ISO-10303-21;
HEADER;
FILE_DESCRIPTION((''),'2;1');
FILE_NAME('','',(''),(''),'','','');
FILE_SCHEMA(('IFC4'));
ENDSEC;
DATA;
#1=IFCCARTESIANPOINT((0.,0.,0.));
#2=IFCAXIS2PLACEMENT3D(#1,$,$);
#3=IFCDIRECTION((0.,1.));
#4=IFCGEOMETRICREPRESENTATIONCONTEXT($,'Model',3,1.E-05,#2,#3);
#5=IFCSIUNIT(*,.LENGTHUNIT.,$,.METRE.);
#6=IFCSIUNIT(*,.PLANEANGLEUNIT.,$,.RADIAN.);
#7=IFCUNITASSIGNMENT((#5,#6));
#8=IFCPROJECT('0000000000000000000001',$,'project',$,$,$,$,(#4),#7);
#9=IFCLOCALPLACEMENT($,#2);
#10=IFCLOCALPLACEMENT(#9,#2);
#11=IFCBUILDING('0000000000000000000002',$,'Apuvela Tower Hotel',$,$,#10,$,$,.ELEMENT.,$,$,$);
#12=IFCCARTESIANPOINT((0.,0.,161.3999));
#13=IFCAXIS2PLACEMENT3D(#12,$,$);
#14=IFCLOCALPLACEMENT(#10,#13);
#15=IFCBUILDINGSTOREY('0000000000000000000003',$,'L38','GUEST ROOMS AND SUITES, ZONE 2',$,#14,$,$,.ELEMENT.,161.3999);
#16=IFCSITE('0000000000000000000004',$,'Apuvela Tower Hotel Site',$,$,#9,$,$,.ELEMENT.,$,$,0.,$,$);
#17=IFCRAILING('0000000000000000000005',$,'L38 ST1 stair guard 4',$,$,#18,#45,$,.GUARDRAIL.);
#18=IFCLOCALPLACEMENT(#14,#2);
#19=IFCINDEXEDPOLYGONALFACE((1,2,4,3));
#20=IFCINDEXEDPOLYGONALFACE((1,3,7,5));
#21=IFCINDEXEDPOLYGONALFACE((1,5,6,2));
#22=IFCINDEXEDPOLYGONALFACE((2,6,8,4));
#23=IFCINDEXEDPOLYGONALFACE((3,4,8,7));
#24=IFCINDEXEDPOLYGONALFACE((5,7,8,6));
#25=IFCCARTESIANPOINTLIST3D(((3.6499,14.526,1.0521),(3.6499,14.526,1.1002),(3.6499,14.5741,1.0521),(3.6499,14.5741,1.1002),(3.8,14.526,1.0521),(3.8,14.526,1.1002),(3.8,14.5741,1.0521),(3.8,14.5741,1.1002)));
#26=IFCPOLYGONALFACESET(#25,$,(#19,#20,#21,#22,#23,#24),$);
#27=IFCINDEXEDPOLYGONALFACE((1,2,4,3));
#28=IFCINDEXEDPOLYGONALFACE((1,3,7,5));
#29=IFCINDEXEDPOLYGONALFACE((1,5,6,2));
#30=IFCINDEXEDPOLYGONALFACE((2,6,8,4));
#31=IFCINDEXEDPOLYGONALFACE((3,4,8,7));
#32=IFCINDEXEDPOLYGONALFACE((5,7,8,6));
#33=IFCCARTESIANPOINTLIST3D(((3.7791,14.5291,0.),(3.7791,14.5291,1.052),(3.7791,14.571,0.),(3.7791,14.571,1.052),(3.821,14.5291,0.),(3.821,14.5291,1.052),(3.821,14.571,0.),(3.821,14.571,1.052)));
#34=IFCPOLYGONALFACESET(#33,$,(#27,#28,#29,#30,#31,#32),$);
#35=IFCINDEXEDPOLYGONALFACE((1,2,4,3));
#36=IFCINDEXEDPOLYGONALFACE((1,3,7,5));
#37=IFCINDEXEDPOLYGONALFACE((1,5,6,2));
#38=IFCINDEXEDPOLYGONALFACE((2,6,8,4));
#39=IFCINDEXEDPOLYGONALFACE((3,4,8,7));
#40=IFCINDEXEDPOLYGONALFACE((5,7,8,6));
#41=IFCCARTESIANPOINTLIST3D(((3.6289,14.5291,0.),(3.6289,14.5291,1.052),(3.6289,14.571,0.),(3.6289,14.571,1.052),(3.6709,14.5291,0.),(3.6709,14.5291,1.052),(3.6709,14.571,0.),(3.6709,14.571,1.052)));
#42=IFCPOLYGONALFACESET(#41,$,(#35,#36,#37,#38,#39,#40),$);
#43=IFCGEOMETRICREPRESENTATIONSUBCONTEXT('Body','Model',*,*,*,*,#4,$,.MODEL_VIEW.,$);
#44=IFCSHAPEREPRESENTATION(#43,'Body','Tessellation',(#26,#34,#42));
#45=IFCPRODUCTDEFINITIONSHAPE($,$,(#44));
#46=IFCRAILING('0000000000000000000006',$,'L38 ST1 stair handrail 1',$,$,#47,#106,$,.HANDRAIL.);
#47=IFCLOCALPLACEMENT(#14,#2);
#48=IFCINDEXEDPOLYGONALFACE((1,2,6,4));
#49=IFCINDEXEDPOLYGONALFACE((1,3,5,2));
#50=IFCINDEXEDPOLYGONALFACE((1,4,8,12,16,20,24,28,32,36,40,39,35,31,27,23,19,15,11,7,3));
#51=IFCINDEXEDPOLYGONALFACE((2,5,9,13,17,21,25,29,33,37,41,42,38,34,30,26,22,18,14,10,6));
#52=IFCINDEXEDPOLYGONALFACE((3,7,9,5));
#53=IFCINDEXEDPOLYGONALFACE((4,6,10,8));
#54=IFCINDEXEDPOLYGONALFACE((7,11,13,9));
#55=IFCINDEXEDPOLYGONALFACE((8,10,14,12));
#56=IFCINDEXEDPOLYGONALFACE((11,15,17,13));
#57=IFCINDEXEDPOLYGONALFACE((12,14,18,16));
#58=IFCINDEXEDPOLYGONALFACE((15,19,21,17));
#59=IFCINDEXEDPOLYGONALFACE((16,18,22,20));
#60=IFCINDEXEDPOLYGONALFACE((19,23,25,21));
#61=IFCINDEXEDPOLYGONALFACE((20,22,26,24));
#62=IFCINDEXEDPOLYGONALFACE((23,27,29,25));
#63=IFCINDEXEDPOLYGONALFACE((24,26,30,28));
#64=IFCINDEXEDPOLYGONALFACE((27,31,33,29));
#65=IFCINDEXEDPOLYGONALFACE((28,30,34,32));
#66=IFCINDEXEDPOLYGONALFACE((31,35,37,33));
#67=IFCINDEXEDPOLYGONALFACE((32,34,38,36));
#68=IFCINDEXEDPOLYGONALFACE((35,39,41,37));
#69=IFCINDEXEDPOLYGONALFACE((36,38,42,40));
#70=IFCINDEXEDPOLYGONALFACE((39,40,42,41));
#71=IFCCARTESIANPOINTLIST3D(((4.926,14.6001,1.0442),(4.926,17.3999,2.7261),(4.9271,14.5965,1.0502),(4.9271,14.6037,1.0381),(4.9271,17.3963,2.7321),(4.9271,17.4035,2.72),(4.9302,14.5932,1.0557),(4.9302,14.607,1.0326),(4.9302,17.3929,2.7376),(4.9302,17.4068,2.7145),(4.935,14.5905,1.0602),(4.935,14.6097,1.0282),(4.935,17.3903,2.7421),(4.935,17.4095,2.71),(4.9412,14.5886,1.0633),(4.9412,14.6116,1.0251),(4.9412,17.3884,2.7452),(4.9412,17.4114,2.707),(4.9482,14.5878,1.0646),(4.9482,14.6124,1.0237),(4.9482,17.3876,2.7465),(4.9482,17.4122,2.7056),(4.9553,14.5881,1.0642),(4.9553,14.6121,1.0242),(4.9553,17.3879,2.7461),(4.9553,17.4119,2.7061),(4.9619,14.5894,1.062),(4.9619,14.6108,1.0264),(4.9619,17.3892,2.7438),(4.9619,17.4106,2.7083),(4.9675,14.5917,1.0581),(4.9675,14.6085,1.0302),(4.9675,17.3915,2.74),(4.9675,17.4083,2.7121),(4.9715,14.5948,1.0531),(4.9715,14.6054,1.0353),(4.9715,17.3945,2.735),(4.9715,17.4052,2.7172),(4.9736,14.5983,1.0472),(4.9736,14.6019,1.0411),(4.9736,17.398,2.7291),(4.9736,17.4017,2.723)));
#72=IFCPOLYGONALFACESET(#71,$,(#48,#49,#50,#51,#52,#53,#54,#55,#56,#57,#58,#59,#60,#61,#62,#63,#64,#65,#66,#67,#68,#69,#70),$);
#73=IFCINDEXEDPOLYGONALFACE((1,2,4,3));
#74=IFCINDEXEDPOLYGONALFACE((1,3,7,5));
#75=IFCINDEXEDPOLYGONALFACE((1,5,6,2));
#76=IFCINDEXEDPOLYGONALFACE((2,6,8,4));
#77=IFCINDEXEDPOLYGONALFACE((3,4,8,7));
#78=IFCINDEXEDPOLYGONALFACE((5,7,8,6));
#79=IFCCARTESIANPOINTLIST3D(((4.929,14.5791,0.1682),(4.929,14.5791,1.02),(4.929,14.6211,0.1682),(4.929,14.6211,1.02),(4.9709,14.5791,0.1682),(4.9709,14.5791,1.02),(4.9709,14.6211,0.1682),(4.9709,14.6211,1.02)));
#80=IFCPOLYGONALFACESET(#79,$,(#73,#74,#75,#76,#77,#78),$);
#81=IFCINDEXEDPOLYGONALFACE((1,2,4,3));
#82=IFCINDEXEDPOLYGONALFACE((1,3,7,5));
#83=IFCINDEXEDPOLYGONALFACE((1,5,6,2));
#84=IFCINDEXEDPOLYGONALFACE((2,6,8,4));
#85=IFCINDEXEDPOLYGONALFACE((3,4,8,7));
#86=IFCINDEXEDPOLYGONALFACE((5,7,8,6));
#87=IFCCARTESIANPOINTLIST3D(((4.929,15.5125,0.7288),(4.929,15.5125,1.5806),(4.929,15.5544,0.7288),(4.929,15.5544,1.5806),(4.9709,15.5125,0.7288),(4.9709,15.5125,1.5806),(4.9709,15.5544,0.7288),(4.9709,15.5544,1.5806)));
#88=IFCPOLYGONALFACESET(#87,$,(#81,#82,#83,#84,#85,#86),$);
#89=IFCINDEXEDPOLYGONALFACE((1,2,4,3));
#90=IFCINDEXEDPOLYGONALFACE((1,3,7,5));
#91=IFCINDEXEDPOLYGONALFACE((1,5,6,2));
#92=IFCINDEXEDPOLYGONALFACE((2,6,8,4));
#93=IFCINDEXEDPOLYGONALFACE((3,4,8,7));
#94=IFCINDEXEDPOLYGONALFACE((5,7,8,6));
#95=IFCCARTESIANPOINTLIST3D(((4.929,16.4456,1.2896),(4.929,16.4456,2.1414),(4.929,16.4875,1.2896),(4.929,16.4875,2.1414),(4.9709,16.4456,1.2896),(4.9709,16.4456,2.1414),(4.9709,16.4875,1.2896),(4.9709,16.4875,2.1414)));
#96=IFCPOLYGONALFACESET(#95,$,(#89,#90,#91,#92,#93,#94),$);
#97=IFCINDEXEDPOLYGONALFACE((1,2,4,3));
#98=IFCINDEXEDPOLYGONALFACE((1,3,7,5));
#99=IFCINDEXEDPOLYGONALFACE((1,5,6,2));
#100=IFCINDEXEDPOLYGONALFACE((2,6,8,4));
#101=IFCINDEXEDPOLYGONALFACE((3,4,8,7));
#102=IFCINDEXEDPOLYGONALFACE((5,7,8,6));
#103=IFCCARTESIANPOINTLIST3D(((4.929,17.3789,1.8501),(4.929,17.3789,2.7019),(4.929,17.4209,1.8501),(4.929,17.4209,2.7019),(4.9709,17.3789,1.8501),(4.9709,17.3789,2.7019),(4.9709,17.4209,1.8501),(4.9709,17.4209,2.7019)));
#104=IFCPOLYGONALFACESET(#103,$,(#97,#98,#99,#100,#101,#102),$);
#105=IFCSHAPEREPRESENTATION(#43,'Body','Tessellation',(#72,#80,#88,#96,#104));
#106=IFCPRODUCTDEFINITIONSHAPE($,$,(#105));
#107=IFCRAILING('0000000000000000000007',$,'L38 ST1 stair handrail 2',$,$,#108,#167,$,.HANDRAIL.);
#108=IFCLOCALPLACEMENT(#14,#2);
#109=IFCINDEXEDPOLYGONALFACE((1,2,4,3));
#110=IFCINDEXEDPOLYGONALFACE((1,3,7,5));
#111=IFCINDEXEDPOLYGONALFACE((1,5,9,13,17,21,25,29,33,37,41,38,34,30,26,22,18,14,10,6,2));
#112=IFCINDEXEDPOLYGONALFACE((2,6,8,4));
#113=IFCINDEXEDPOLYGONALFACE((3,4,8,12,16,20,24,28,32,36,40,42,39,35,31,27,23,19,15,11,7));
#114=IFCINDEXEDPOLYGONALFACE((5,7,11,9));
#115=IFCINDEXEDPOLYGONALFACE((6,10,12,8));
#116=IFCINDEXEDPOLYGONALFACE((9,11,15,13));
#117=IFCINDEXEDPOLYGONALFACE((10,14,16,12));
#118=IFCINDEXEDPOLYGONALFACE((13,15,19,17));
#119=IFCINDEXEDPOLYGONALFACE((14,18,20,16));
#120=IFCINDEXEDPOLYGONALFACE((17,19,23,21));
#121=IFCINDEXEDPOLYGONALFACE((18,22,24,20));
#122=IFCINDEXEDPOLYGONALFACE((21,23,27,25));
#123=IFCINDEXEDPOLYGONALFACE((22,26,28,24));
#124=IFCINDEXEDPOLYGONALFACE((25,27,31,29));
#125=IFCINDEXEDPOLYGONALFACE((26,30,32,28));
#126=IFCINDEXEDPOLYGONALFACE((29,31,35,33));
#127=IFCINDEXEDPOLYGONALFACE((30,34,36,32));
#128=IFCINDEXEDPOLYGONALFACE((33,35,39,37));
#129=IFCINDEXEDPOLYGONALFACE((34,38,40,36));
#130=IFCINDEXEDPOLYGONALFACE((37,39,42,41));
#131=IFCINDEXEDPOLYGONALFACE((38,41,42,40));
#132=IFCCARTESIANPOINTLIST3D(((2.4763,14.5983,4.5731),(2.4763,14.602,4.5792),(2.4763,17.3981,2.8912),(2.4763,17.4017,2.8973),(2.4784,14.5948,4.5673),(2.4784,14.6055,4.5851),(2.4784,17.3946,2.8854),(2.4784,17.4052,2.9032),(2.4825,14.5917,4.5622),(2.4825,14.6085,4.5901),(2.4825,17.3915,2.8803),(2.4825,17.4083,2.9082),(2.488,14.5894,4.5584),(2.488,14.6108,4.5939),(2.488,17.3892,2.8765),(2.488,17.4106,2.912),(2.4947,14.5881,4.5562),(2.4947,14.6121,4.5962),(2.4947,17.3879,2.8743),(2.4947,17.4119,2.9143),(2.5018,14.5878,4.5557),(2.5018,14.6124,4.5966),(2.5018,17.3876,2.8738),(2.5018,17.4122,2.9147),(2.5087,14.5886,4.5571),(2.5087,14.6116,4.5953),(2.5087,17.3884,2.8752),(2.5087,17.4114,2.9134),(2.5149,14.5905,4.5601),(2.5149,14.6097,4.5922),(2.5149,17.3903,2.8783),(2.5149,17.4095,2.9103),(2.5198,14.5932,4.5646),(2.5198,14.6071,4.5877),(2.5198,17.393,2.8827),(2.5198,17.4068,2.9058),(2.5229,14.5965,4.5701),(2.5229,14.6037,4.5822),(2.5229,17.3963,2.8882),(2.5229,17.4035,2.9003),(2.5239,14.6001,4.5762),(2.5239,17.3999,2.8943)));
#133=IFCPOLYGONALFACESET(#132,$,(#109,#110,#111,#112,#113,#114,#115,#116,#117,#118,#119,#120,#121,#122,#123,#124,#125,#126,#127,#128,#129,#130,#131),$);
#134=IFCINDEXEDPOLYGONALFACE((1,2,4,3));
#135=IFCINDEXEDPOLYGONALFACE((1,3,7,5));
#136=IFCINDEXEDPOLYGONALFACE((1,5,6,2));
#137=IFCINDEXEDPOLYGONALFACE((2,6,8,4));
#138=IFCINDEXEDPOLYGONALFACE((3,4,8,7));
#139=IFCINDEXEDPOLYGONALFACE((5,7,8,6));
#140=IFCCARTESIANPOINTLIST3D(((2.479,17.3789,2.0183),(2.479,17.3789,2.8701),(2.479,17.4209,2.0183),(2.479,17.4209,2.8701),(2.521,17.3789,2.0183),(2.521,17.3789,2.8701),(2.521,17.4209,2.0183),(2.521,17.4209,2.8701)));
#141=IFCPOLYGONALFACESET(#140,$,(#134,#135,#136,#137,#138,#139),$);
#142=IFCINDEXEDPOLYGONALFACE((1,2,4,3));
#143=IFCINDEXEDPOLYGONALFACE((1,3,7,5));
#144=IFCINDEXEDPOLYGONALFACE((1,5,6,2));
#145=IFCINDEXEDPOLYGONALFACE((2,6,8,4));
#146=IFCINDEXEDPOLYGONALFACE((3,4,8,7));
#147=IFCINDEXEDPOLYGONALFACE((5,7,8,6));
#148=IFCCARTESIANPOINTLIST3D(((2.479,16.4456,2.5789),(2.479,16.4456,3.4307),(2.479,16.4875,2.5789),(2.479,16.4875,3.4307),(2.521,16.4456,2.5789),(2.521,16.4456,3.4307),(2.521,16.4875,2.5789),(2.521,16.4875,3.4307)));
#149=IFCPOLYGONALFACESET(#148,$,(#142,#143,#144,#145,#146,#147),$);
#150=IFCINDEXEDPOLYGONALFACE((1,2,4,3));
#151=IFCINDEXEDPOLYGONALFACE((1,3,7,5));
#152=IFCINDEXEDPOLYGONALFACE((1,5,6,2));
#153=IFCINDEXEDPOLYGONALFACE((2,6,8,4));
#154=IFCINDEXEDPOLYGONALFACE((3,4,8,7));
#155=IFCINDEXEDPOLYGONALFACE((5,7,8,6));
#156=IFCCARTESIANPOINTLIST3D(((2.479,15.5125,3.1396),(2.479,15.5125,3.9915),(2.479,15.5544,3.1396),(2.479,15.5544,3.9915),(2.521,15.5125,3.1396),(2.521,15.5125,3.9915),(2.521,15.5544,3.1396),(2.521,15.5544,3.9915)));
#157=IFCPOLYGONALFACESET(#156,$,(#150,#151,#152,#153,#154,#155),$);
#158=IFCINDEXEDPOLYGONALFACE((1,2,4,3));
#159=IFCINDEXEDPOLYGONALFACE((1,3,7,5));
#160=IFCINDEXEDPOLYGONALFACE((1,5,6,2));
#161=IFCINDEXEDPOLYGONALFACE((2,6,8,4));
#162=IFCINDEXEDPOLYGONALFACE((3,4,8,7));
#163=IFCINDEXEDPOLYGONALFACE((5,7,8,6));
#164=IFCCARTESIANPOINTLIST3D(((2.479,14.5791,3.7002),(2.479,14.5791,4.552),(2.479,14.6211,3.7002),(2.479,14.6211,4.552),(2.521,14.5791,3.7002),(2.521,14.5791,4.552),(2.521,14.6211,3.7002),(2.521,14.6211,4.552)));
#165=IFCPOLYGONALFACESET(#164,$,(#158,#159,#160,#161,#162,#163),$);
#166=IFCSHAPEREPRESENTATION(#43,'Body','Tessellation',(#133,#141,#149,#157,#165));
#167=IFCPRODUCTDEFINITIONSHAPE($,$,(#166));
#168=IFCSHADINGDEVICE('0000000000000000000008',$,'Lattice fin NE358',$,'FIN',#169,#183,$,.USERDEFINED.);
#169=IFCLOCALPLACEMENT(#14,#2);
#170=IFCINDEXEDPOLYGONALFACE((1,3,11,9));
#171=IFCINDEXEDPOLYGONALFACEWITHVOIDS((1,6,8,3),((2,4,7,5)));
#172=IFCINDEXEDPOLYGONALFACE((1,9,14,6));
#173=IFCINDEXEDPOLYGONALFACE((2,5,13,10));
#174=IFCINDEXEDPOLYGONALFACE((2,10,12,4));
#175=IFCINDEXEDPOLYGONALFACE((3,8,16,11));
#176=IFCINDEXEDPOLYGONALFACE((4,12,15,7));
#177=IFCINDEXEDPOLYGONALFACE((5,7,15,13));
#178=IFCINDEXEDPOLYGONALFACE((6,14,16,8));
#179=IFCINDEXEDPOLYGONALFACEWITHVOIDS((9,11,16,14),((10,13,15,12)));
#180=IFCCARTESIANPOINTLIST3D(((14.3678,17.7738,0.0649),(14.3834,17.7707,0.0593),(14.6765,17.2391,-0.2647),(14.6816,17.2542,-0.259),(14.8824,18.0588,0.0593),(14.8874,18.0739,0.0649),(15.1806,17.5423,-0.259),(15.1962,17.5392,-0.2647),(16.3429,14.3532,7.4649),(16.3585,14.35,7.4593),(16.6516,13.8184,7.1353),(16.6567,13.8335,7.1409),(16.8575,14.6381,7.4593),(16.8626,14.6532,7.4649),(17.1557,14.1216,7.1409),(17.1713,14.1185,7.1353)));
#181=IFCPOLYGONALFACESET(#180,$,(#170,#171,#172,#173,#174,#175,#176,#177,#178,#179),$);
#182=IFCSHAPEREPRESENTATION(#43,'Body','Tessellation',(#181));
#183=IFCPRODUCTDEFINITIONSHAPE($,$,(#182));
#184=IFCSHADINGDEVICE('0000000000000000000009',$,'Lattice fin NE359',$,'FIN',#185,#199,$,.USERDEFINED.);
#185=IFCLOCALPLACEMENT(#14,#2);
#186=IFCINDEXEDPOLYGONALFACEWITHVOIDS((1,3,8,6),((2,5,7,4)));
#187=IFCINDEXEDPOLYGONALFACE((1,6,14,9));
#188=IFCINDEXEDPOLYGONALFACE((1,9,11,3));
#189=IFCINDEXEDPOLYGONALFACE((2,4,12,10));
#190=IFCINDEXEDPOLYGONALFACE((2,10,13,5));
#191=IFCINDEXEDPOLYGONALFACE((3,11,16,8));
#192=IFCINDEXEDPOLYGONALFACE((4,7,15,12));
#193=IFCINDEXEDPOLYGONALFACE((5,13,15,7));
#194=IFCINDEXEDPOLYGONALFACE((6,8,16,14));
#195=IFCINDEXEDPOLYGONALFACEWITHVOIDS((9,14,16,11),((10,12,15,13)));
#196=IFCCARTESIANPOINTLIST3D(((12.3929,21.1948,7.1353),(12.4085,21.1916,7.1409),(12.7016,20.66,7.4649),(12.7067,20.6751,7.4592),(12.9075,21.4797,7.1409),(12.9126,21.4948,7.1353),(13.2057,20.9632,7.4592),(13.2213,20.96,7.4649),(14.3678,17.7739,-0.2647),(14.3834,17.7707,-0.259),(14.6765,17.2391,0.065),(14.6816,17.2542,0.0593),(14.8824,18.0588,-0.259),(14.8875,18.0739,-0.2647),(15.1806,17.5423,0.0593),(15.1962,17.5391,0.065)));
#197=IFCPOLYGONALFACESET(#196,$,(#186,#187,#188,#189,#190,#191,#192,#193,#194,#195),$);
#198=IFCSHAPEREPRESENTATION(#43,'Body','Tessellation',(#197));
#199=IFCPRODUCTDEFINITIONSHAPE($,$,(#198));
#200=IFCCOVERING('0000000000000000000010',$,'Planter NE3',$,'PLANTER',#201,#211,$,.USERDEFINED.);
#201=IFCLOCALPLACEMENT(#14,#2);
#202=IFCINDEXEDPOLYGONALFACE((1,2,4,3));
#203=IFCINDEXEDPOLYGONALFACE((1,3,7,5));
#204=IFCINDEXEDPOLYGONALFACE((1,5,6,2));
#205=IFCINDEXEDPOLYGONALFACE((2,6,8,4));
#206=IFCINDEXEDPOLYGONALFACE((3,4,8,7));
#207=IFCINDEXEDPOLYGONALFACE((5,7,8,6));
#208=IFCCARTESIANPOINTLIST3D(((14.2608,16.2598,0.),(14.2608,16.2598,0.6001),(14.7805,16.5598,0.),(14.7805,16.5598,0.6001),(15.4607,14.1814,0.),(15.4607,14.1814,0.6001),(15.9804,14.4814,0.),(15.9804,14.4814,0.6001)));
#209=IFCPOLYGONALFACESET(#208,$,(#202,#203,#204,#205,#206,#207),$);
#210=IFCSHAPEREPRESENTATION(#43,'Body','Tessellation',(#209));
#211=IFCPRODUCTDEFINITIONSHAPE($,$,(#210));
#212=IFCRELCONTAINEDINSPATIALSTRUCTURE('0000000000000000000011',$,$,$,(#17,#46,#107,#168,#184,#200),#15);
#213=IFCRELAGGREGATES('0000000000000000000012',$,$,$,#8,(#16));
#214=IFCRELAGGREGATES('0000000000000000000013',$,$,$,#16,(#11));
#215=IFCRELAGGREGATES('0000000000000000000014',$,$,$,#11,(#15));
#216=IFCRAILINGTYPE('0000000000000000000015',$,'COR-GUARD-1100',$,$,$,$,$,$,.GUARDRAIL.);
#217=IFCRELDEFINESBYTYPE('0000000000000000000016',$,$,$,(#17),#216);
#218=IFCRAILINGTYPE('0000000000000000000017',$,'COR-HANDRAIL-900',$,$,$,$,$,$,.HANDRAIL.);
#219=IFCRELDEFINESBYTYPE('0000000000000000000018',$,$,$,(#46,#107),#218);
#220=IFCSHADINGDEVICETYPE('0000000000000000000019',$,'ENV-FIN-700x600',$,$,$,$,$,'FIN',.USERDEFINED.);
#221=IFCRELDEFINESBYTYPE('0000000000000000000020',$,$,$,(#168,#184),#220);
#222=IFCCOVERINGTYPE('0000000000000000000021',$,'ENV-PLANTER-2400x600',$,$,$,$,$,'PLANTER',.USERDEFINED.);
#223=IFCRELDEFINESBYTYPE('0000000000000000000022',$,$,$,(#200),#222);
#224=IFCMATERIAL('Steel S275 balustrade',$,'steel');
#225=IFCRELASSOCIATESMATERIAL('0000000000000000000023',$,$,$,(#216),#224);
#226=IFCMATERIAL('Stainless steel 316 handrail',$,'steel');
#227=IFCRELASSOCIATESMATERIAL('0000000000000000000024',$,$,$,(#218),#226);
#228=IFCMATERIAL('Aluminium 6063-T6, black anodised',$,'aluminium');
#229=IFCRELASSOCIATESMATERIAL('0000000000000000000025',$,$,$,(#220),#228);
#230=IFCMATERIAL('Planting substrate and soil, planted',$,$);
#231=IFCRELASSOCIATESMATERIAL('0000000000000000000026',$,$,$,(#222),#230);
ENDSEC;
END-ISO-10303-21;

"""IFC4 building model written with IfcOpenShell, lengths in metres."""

from ifc_helpers import new_model, si_unit, direction, frame, origin, origin_2d, place, context, subcontext, project, spatial, rectangle, hollow_rectangle, circle, extrude, material, material_profile, profile_set, type_object, element, save


model = new_model("IFC4")

# Units and contexts
model_context = context("Model", 3, precision=1e-05, world=origin(), true_north=direction((0.0, 1.0)))
body_context = subcontext(model_context, "Body", "Model", "MODEL_VIEW")
ifc_project = project(units=[si_unit("LENGTHUNIT", "METRE"), si_unit("PLANEANGLEUNIT", "RADIAN")], contexts=[model_context])

# Site, building, storey
site_placement = place(None, origin())
site = spatial("IfcSite", under=ifc_project, at=site_placement, Name="Apuvela Tower Hotel Site", CompositionType="ELEMENT", RefElevation=0.0)
building_placement = place(site_placement, origin())
building = spatial("IfcBuilding", under=site, at=building_placement, Name="Apuvela Tower Hotel", CompositionType="ELEMENT")
storey_placement = place(building_placement, frame((0.0, 0.0, 161.3999)))
storey = spatial("IfcBuildingStorey", under=building, at=storey_placement, Name="L38", Description="GUEST ROOMS AND SUITES, ZONE 2", CompositionType="ELEMENT", Elevation=161.3999)

# Railings
ifc_material_1 = material(Name="Steel S275 balustrade", Category="steel")
railing_type_1 = type_object("IfcRailingType", Name="COR-GUARD-1100", PredefinedType="GUARDRAIL", material=ifc_material_1)
railing_1_placement = place(storey_placement, frame((3.8, 14.55, 0.0)))
element("IfcRailing", 1, at=railing_1_placement, inside=storey, type_object=railing_type_1, Name="L38 ST1 stair guard 4", PredefinedType="GUARDRAIL", context=body_context, shape_type="SweptSolid", body=[
    extrude(rectangle(XDim=0.0481, YDim=0.0481, at=origin_2d()), frame((0.0, 0.0, 1.0762), z_axis=(-1.0, 0.0, 0.0), x_axis=(0.0, -1.0, 0.0)), (0.0, 0.0, 1.0), 0.1501),
    extrude(rectangle(XDim=0.042, YDim=0.042, at=origin_2d()), origin(), (0.0, 0.0, 1.0), 1.052),
    extrude(rectangle(XDim=0.042, YDim=0.042, at=origin_2d()), frame((-0.1501, 0.0, 0.0)), (0.0, 0.0, 1.0), 1.052),
])
ifc_material_2 = material(Name="Stainless steel 316 handrail", Category="steel")
railing_type_2 = type_object("IfcRailingType", Name="COR-HANDRAIL-900", PredefinedType="HANDRAIL", material=ifc_material_2)
railing_2_placement = place(storey_placement, frame((4.95, 14.6001, 0.1682)))
element("IfcRailing", 2, at=railing_2_placement, inside=storey, type_object=railing_type_2, Name="L38 ST1 stair handrail 1", PredefinedType="HANDRAIL", context=body_context, shape_type="SweptSolid", body=[
    extrude(circle(Radius=0.0239, at=origin_2d()), frame((0.0, 0.0, 0.876), z_axis=(0.0, 0.857222, 0.514946), x_axis=(-1.0, 0.0, 0.0)), (0.0, 0.0, 1.0), 3.2661),
    extrude(rectangle(XDim=0.042, YDim=0.042, at=origin_2d()), origin(), (0.0, 0.0, 1.0), 0.8518),
    extrude(rectangle(XDim=0.042, YDim=0.042, at=origin_2d()), frame((0.0, 0.9333, 0.5605)), (0.0, 0.0, 1.0), 0.8518),
    extrude(rectangle(XDim=0.042, YDim=0.042, at=origin_2d()), frame((0.0, 1.8665, 1.1213)), (0.0, 0.0, 1.0), 0.8518),
    extrude(rectangle(XDim=0.042, YDim=0.042, at=origin_2d()), frame((0.0, 2.7998, 1.6819)), (0.0, 0.0, 1.0), 0.8518),
])
railing_3_placement = place(storey_placement, frame((2.5, 17.3999, 2.0183)))
element("IfcRailing", 3, at=railing_3_placement, inside=storey, type_object=railing_type_2, Name="L38 ST1 stair handrail 2", PredefinedType="HANDRAIL", context=body_context, shape_type="SweptSolid", body=[
    extrude(circle(Radius=0.0239, at=origin_2d()), frame((0.0, 0.0, 0.876), z_axis=(0.0, -0.857222, 0.514946), x_axis=(1.0, 0.0, 0.0)), (0.0, 0.0, 1.0), 3.2661),
    extrude(rectangle(XDim=0.042, YDim=0.042, at=origin_2d()), origin(), (0.0, 0.0, 1.0), 0.8518),
    extrude(rectangle(XDim=0.042, YDim=0.042, at=origin_2d()), frame((0.0, -0.9333, 0.5605)), (0.0, 0.0, 1.0), 0.8518),
    extrude(rectangle(XDim=0.042, YDim=0.042, at=origin_2d()), frame((0.0, -1.8665, 1.1213)), (0.0, 0.0, 1.0), 0.8518),
    extrude(rectangle(XDim=0.042, YDim=0.042, at=origin_2d()), frame((0.0, -2.7998, 1.6819)), (0.0, 0.0, 1.0), 0.8518),
])

# Shading devices
ifc_material_3 = material(Name="Aluminium 6063-T6, black anodised", Category="aluminium")
ifc_material_profile_1 = material_profile(ifc_material_3, hollow_rectangle(XDim=0.6001, YDim=0.7, WallThickness=0.012, at=origin_2d()), Name="AL BOX 700x600x12")
ifc_profile_set_1 = profile_set([ifc_material_profile_1], Name="Aluminium 6063-T6, black anodised")
shading_device_type = type_object("IfcShadingDeviceType", Name="ENV-FIN-700x600", ElementType="FIN", PredefinedType="USERDEFINED", material=ifc_profile_set_1)
for number, where, z_axis, x_axis, name in (
    (4, (14.782, 17.6565, -0.0999), (0.235464, -0.407798, 0.882189), (0.866005, 0.500035, 0.0), "Lattice fin NE358"),
    (5, (14.782, 17.6565, -0.0999), (-0.235434, 0.407825, 0.882185), (-0.866048, -0.499961, 0.0), "Lattice fin NE359"),
):
    element("IfcShadingDevice", number, at=place(storey_placement, frame(where, z_axis=z_axis, x_axis=x_axis)), inside=storey, type_object=shading_device_type, Name=name, ObjectType="FIN", PredefinedType="USERDEFINED", context=body_context, shape_type="SweptSolid", body=[
        extrude(hollow_rectangle(XDim=0.6001, YDim=0.7, WallThickness=0.012, at=origin_2d()), origin(), (0.0, 0.0, 1.0), 8.3882),
    ])

# Covering
ifc_material_4 = material(Name="Planting substrate and soil, planted")
covering_type = type_object("IfcCoveringType", Name="ENV-PLANTER-2400x600", ElementType="PLANTER", PredefinedType="USERDEFINED", material=ifc_material_4)
covering_placement = place(storey_placement, frame((15.1206, 15.3706, 0.0), z_axis=(0.0, 0.0, 1.0), x_axis=(-0.5, 0.866025, 0.0)))
element("IfcCovering", 6, at=covering_placement, inside=storey, type_object=covering_type, Name="Planter NE3", ObjectType="PLANTER", PredefinedType="USERDEFINED", context=body_context, shape_type="SweptSolid", body=[
    extrude(rectangle(XDim=2.3999, YDim=0.6001, at=origin_2d()), origin(), (0.0, 0.0, 1.0), 0.6001),
])

save(model, "model.ifc")
